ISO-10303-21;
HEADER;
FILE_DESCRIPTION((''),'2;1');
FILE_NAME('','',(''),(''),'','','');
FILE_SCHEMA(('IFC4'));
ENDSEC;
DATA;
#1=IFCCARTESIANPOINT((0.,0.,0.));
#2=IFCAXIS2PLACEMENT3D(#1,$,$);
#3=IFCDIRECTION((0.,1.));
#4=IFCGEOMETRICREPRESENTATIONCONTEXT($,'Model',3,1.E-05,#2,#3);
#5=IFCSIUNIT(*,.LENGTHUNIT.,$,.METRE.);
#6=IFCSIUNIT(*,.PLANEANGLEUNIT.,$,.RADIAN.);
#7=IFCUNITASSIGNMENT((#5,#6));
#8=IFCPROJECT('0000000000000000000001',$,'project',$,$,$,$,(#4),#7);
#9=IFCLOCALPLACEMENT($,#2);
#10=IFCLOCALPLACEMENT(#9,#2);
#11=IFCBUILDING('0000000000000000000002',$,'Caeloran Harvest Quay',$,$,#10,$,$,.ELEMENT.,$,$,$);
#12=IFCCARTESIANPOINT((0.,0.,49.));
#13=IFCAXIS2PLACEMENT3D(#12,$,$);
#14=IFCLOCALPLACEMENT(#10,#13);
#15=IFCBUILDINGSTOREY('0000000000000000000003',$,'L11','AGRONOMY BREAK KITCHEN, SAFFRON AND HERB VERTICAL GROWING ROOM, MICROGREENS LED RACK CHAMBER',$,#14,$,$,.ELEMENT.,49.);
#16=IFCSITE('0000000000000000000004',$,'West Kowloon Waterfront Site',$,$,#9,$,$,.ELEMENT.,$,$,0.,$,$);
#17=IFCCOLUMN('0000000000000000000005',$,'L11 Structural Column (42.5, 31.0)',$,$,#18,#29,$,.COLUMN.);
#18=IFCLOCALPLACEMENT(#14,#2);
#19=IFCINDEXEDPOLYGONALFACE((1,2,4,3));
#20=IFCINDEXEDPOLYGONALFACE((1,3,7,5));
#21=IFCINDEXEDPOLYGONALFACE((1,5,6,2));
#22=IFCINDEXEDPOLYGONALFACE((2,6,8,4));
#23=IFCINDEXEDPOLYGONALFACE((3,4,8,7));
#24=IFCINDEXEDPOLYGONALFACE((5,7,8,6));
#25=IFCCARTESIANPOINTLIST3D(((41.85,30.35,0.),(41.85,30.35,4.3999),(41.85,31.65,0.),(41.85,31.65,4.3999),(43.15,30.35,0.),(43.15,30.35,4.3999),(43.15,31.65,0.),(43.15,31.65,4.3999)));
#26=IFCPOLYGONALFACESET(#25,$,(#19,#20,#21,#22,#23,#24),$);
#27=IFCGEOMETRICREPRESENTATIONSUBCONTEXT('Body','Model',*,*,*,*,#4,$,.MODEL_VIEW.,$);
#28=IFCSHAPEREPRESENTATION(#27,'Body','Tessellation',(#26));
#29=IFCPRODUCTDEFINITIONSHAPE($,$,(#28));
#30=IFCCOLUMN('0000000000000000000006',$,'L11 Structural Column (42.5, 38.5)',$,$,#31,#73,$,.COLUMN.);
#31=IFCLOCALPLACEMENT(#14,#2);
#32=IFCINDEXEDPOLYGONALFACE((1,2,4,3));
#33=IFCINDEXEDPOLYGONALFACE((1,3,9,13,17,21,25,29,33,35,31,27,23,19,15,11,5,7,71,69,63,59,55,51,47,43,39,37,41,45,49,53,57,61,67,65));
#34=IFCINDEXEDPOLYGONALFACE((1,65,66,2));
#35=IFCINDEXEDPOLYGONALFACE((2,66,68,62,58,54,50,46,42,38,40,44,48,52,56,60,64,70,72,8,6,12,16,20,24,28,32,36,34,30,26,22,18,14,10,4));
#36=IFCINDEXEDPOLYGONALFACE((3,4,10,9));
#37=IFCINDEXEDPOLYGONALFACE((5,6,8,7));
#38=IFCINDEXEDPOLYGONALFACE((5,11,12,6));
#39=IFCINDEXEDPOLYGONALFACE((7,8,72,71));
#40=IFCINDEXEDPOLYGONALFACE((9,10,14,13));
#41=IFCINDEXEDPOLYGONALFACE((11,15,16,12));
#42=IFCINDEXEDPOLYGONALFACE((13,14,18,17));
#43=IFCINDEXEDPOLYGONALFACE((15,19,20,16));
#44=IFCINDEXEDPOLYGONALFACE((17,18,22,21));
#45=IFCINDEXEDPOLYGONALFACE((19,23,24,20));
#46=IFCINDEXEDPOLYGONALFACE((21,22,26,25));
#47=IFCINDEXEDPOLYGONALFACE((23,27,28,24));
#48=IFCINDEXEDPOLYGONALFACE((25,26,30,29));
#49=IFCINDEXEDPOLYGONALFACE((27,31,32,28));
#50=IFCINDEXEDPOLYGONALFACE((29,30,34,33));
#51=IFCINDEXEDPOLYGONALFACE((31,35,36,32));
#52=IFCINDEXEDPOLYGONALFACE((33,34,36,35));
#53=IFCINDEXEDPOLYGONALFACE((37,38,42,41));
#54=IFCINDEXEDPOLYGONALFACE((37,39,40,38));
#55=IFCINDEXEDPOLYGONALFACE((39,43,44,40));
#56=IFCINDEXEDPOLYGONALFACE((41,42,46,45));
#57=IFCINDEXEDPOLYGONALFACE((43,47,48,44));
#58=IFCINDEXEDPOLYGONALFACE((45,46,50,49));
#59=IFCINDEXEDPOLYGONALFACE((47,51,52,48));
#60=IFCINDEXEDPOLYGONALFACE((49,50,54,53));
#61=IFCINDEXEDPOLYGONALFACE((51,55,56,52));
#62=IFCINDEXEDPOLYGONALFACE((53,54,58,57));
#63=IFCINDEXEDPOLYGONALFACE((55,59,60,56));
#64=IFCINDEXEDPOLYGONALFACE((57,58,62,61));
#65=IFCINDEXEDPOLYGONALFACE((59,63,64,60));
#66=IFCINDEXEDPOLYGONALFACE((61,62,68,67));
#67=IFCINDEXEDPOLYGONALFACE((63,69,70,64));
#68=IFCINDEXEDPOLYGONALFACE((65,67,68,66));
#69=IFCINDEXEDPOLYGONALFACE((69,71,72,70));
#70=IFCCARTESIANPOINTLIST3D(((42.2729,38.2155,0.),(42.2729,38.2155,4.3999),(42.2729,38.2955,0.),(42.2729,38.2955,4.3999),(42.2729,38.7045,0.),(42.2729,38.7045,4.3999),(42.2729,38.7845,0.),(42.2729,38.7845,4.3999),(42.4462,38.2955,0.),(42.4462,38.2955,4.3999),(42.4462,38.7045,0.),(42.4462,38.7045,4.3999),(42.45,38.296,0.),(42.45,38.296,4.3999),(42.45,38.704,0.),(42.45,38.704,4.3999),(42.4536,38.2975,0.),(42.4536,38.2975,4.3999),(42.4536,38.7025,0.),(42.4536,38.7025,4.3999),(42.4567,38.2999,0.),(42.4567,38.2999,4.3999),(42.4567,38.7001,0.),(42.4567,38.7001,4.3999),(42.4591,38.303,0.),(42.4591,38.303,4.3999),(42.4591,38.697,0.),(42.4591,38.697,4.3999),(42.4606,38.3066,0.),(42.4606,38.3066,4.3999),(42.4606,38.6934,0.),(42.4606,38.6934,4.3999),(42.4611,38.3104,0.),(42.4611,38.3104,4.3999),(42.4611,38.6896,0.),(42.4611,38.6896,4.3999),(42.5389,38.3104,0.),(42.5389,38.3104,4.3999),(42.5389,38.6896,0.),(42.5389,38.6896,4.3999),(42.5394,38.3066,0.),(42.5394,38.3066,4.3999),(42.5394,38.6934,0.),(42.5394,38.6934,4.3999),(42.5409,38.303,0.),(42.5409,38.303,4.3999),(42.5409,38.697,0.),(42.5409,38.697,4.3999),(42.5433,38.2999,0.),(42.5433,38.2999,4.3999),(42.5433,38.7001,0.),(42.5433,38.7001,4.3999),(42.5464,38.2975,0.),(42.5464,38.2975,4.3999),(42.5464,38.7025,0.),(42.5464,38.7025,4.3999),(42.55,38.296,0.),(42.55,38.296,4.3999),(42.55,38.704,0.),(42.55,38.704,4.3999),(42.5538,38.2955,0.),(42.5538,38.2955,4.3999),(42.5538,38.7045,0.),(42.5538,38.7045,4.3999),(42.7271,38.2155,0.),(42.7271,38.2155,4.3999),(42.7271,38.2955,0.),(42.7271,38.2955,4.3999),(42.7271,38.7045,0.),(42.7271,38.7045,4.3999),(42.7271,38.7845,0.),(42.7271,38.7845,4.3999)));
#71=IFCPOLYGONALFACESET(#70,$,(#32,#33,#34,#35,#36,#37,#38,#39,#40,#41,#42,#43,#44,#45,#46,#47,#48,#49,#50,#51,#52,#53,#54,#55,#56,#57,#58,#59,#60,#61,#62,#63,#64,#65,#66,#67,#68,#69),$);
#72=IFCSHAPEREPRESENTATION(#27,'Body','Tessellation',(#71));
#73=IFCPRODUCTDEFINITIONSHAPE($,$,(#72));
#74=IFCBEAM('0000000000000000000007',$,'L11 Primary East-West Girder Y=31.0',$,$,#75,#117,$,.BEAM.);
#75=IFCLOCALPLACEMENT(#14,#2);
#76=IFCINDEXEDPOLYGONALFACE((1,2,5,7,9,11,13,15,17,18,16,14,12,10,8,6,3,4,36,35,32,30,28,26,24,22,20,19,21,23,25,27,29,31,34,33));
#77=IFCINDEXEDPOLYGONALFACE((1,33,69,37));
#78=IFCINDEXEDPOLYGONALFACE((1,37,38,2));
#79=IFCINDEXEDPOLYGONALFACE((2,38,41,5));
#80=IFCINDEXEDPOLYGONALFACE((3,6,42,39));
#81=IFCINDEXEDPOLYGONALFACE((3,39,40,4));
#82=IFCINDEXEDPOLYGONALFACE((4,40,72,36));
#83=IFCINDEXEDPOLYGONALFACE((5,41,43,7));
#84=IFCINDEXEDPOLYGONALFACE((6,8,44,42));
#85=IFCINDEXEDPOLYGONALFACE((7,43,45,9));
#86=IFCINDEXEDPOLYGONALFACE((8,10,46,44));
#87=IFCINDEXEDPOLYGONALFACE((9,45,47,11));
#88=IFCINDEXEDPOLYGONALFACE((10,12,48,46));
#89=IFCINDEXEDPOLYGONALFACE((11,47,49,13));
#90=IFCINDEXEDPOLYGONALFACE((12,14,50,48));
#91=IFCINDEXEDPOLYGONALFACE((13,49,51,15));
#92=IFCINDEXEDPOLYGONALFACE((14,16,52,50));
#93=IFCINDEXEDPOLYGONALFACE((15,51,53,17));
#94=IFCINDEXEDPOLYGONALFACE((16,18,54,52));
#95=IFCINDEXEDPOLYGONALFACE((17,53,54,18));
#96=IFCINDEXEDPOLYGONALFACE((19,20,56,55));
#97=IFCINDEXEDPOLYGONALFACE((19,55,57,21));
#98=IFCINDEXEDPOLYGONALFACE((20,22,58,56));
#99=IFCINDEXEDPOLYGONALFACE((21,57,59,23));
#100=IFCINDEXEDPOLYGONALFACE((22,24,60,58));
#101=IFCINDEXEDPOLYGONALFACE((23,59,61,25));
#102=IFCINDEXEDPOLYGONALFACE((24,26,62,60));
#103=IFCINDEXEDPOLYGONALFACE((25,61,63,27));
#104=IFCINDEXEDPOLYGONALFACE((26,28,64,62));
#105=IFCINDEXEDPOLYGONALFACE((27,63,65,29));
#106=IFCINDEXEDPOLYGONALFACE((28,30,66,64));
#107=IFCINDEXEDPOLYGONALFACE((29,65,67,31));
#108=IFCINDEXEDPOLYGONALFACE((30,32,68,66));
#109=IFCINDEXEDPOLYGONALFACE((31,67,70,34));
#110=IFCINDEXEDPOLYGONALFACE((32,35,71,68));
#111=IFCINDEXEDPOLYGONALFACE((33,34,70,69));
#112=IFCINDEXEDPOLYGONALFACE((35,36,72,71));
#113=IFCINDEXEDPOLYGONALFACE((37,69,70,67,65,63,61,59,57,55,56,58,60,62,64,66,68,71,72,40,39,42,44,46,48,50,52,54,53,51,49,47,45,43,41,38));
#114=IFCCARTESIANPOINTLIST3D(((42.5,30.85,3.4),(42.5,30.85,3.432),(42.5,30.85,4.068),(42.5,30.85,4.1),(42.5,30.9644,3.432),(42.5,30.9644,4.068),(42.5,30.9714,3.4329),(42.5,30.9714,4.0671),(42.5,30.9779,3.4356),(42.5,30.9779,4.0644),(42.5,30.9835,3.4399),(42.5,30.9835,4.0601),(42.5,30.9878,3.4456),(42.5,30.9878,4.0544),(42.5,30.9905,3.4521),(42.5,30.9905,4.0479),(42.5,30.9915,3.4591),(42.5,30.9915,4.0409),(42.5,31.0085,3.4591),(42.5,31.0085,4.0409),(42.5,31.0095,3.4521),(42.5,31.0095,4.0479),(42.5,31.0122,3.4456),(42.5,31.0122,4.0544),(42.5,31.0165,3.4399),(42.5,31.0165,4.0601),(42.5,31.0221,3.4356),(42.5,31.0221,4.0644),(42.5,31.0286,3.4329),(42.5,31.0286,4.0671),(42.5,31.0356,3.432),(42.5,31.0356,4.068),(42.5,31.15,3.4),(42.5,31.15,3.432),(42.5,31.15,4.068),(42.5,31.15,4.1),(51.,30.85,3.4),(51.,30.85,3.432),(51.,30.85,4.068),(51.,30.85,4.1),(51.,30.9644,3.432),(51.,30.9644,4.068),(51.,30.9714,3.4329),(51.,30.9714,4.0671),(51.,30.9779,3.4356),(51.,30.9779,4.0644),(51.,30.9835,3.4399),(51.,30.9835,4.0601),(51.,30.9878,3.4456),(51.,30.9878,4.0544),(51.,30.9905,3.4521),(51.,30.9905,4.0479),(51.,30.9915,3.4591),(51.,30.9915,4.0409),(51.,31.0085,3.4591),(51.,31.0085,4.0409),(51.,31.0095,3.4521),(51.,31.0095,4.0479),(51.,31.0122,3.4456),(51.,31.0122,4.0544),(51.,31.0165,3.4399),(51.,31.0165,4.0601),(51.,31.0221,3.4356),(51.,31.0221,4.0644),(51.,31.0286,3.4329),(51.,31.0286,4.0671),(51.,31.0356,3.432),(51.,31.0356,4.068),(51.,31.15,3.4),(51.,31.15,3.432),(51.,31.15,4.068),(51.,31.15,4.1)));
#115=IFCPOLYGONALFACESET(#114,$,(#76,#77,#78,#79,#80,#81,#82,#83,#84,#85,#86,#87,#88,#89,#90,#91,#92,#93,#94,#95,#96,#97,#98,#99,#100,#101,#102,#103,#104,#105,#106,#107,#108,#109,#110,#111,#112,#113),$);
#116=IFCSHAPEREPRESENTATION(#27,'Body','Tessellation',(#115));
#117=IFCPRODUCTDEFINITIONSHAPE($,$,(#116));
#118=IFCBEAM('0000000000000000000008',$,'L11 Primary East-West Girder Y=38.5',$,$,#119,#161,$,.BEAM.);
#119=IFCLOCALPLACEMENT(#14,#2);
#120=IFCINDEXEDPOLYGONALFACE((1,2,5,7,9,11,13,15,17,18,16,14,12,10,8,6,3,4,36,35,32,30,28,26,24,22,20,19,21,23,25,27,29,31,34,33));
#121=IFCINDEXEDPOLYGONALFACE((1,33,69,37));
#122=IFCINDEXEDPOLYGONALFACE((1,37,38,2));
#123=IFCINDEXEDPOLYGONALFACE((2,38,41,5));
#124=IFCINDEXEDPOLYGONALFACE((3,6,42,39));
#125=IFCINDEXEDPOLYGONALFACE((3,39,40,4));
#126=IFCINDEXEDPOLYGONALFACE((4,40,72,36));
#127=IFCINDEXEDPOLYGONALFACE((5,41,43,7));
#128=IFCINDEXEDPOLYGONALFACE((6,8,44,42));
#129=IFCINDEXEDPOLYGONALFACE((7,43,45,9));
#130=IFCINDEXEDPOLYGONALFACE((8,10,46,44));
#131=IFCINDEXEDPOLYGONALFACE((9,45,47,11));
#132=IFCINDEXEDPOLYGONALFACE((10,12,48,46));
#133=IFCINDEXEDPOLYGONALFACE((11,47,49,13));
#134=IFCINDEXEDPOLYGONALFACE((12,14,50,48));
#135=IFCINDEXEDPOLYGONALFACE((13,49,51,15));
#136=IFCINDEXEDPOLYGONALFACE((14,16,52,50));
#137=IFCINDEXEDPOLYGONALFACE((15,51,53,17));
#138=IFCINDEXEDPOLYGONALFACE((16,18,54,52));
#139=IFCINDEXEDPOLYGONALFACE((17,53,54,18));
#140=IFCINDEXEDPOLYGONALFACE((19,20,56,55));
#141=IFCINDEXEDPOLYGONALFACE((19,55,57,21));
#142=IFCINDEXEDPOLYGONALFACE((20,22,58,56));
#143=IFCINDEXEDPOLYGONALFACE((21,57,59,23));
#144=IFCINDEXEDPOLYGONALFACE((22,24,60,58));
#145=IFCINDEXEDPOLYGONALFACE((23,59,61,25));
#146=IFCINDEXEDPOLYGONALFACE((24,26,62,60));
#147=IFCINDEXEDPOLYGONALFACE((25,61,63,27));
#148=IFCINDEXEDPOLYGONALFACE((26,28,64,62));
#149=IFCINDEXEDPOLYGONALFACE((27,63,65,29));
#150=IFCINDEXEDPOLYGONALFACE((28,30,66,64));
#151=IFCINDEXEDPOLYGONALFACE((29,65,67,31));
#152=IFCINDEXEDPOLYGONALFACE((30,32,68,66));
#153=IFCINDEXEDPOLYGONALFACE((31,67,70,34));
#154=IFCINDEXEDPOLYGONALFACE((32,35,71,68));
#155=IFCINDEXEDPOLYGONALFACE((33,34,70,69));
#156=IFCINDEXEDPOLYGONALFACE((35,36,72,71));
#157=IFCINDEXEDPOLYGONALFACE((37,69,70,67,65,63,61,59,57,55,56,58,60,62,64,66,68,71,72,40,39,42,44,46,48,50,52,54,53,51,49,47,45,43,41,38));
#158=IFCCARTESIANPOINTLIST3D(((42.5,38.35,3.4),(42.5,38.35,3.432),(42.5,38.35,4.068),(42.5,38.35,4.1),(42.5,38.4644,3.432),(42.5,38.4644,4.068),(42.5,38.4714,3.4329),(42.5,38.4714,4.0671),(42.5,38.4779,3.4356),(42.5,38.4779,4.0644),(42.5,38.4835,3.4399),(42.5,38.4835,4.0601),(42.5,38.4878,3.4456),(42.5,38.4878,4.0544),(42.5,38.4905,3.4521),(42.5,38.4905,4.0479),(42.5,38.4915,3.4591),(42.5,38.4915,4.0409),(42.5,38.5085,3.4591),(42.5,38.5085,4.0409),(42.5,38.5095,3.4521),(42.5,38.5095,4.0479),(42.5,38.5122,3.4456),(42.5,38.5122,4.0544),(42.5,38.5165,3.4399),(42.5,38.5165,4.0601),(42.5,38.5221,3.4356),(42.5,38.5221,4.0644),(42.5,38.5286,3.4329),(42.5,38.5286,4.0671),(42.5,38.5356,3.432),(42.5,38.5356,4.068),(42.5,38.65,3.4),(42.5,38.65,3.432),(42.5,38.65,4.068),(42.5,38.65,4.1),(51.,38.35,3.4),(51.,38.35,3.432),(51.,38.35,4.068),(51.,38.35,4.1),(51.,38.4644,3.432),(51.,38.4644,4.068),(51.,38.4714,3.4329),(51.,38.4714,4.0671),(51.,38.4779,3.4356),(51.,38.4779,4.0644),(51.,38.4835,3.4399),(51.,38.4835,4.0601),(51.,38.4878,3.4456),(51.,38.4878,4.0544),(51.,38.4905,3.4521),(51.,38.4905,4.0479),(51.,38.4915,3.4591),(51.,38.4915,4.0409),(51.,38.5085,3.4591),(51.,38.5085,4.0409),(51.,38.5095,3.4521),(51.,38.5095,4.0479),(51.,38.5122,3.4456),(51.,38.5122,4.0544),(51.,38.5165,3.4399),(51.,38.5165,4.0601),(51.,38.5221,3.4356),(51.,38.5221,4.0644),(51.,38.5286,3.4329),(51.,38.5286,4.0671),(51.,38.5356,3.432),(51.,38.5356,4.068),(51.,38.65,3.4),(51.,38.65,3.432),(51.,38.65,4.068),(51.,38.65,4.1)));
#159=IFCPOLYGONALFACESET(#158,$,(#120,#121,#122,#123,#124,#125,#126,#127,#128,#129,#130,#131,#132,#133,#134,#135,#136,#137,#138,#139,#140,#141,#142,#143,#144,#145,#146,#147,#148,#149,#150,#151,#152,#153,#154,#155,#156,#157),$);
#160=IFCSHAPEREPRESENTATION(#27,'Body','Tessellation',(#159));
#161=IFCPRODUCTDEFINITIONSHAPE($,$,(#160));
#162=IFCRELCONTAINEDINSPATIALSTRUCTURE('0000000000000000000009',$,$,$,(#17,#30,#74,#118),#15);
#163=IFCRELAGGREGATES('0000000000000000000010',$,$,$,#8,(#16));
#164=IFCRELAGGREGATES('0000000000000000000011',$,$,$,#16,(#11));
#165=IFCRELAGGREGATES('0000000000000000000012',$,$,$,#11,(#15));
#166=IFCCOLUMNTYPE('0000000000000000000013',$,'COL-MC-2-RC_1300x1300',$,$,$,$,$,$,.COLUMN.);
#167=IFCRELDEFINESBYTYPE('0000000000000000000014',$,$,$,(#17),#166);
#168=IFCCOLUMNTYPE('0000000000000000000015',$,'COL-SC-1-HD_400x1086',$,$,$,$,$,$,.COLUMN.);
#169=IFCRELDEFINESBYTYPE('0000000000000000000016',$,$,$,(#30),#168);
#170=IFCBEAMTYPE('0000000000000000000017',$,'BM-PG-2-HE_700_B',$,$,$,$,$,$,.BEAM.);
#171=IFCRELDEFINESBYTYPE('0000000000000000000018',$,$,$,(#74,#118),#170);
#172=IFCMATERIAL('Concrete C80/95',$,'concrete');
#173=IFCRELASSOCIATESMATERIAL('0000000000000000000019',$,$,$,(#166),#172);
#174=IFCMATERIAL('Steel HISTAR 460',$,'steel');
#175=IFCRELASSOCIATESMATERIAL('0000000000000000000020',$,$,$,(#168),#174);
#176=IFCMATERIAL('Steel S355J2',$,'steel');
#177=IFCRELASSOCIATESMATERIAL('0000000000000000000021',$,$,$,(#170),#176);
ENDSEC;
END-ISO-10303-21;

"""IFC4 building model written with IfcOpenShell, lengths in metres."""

from ifc_helpers import new_model, si_unit, direction, frame, origin, origin_2d, place, context, subcontext, project, spatial, rectangle, i_section, extrude, material, material_profile, profile_set, type_object, element, save


model = new_model("IFC4")

# Units and contexts
model_context = context("Model", 3, precision=1e-05, world=origin(), true_north=direction((0.0, 1.0)))
body_context = subcontext(model_context, "Body", "Model", "MODEL_VIEW")
ifc_project = project(units=[si_unit("LENGTHUNIT", "METRE"), si_unit("PLANEANGLEUNIT", "RADIAN")], contexts=[model_context])

# Site, building, storey
site_placement = place(None, origin())
site = spatial("IfcSite", under=ifc_project, at=site_placement, Name="West Kowloon Waterfront Site", CompositionType="ELEMENT", RefElevation=0.0)
building_placement = place(site_placement, origin())
building = spatial("IfcBuilding", under=site, at=building_placement, Name="Caeloran Harvest Quay", CompositionType="ELEMENT")
storey_placement = place(building_placement, frame((0.0, 0.0, 49.0)))
storey = spatial("IfcBuildingStorey", under=building, at=storey_placement, Name="L11", Description="AGRONOMY BREAK KITCHEN, SAFFRON AND HERB VERTICAL GROWING ROOM, MICROGREENS LED RACK CHAMBER", CompositionType="ELEMENT", Elevation=49.0)

# Columns
ifc_material_1 = material(Name="Concrete C80/95", Category="concrete")
ifc_material_profile_1 = material_profile(ifc_material_1, rectangle(XDim=1.3, YDim=1.3, at=origin_2d()), Name="RC 1300x1300")
ifc_profile_set_1 = profile_set([ifc_material_profile_1], Name="Concrete C80/95")
column_type_1 = type_object("IfcColumnType", Name="COL-MC-2-RC_1300x1300", PredefinedType="COLUMN", material=ifc_profile_set_1)
column_1_placement = place(storey_placement, frame((42.5, 31.0, 0.0), z_axis=(0.0, 0.0, 1.0), x_axis=(1.0, 0.0, 0.0)))
element("IfcColumn", 1, at=column_1_placement, inside=storey, type_object=column_type_1, Name="L11 Structural Column (42.5, 31.0)", PredefinedType="COLUMN", context=body_context, shape_type="SweptSolid", body=[
    extrude(rectangle(XDim=1.3, YDim=1.3, at=origin_2d()), origin(), (0.0, 0.0, 1.0), 4.3999),
])
ifc_material_2 = material(Name="Steel HISTAR 460", Category="steel")
ifc_material_profile_2 = material_profile(ifc_material_2, i_section(OverallWidth=0.4541, OverallDepth=0.5691, WebThickness=0.0779, FlangeThickness=0.0801, FilletRadius=0.0149, at=origin_2d()), Name="HD 400x1086")
ifc_profile_set_2 = profile_set([ifc_material_profile_2], Name="Steel HISTAR 460")
column_type_2 = type_object("IfcColumnType", Name="COL-SC-1-HD_400x1086", PredefinedType="COLUMN", material=ifc_profile_set_2)
column_2_placement = place(storey_placement, frame((42.5, 38.5, 0.0), z_axis=(0.0, 0.0, 1.0), x_axis=(1.0, 0.0, 0.0)))
element("IfcColumn", 2, at=column_2_placement, inside=storey, type_object=column_type_2, Name="L11 Structural Column (42.5, 38.5)", PredefinedType="COLUMN", context=body_context, shape_type="SweptSolid", body=[
    extrude(i_section(OverallWidth=0.4541, OverallDepth=0.5691, WebThickness=0.0779, FlangeThickness=0.0801, FilletRadius=0.0149, at=origin_2d()), origin(), (0.0, 0.0, 1.0), 4.3999),
])

# Beams
ifc_material_3 = material(Name="Steel S355J2", Category="steel")
ifc_material_profile_3 = material_profile(ifc_material_3, i_section(OverallWidth=0.3, OverallDepth=0.7, WebThickness=0.0171, FlangeThickness=0.032, FilletRadius=0.0271, at=origin_2d()), Name="HE 700 B")
ifc_profile_set_3 = profile_set([ifc_material_profile_3], Name="Steel S355J2")
beam_type_1 = type_object("IfcBeamType", Name="BM-PG-2-HE_700_B", PredefinedType="BEAM", material=ifc_profile_set_3)
for number, where, z_axis, x_axis, name in (
    (3, (42.5, 31.0, 3.75), (1.0, 0.0, 0.0), (0.0, 1.0, 0.0), "L11 Primary East-West Girder Y=31.0"),
    (4, (42.5, 38.5, 3.75), (1.0, 0.0, 0.0), (0.0, 1.0, 0.0), "L11 Primary East-West Girder Y=38.5"),
):
    element("IfcBeam", number, at=place(storey_placement, frame(where, z_axis=z_axis, x_axis=x_axis)), inside=storey, type_object=beam_type_1, Name=name, PredefinedType="BEAM", context=body_context, shape_type="SweptSolid", body=[
        extrude(i_section(OverallWidth=0.3, OverallDepth=0.7, WebThickness=0.0171, FlangeThickness=0.032, FilletRadius=0.0271, at=origin_2d()), origin(), (0.0, 0.0, 1.0), 8.5),
    ])

save(model, "model.ifc")
